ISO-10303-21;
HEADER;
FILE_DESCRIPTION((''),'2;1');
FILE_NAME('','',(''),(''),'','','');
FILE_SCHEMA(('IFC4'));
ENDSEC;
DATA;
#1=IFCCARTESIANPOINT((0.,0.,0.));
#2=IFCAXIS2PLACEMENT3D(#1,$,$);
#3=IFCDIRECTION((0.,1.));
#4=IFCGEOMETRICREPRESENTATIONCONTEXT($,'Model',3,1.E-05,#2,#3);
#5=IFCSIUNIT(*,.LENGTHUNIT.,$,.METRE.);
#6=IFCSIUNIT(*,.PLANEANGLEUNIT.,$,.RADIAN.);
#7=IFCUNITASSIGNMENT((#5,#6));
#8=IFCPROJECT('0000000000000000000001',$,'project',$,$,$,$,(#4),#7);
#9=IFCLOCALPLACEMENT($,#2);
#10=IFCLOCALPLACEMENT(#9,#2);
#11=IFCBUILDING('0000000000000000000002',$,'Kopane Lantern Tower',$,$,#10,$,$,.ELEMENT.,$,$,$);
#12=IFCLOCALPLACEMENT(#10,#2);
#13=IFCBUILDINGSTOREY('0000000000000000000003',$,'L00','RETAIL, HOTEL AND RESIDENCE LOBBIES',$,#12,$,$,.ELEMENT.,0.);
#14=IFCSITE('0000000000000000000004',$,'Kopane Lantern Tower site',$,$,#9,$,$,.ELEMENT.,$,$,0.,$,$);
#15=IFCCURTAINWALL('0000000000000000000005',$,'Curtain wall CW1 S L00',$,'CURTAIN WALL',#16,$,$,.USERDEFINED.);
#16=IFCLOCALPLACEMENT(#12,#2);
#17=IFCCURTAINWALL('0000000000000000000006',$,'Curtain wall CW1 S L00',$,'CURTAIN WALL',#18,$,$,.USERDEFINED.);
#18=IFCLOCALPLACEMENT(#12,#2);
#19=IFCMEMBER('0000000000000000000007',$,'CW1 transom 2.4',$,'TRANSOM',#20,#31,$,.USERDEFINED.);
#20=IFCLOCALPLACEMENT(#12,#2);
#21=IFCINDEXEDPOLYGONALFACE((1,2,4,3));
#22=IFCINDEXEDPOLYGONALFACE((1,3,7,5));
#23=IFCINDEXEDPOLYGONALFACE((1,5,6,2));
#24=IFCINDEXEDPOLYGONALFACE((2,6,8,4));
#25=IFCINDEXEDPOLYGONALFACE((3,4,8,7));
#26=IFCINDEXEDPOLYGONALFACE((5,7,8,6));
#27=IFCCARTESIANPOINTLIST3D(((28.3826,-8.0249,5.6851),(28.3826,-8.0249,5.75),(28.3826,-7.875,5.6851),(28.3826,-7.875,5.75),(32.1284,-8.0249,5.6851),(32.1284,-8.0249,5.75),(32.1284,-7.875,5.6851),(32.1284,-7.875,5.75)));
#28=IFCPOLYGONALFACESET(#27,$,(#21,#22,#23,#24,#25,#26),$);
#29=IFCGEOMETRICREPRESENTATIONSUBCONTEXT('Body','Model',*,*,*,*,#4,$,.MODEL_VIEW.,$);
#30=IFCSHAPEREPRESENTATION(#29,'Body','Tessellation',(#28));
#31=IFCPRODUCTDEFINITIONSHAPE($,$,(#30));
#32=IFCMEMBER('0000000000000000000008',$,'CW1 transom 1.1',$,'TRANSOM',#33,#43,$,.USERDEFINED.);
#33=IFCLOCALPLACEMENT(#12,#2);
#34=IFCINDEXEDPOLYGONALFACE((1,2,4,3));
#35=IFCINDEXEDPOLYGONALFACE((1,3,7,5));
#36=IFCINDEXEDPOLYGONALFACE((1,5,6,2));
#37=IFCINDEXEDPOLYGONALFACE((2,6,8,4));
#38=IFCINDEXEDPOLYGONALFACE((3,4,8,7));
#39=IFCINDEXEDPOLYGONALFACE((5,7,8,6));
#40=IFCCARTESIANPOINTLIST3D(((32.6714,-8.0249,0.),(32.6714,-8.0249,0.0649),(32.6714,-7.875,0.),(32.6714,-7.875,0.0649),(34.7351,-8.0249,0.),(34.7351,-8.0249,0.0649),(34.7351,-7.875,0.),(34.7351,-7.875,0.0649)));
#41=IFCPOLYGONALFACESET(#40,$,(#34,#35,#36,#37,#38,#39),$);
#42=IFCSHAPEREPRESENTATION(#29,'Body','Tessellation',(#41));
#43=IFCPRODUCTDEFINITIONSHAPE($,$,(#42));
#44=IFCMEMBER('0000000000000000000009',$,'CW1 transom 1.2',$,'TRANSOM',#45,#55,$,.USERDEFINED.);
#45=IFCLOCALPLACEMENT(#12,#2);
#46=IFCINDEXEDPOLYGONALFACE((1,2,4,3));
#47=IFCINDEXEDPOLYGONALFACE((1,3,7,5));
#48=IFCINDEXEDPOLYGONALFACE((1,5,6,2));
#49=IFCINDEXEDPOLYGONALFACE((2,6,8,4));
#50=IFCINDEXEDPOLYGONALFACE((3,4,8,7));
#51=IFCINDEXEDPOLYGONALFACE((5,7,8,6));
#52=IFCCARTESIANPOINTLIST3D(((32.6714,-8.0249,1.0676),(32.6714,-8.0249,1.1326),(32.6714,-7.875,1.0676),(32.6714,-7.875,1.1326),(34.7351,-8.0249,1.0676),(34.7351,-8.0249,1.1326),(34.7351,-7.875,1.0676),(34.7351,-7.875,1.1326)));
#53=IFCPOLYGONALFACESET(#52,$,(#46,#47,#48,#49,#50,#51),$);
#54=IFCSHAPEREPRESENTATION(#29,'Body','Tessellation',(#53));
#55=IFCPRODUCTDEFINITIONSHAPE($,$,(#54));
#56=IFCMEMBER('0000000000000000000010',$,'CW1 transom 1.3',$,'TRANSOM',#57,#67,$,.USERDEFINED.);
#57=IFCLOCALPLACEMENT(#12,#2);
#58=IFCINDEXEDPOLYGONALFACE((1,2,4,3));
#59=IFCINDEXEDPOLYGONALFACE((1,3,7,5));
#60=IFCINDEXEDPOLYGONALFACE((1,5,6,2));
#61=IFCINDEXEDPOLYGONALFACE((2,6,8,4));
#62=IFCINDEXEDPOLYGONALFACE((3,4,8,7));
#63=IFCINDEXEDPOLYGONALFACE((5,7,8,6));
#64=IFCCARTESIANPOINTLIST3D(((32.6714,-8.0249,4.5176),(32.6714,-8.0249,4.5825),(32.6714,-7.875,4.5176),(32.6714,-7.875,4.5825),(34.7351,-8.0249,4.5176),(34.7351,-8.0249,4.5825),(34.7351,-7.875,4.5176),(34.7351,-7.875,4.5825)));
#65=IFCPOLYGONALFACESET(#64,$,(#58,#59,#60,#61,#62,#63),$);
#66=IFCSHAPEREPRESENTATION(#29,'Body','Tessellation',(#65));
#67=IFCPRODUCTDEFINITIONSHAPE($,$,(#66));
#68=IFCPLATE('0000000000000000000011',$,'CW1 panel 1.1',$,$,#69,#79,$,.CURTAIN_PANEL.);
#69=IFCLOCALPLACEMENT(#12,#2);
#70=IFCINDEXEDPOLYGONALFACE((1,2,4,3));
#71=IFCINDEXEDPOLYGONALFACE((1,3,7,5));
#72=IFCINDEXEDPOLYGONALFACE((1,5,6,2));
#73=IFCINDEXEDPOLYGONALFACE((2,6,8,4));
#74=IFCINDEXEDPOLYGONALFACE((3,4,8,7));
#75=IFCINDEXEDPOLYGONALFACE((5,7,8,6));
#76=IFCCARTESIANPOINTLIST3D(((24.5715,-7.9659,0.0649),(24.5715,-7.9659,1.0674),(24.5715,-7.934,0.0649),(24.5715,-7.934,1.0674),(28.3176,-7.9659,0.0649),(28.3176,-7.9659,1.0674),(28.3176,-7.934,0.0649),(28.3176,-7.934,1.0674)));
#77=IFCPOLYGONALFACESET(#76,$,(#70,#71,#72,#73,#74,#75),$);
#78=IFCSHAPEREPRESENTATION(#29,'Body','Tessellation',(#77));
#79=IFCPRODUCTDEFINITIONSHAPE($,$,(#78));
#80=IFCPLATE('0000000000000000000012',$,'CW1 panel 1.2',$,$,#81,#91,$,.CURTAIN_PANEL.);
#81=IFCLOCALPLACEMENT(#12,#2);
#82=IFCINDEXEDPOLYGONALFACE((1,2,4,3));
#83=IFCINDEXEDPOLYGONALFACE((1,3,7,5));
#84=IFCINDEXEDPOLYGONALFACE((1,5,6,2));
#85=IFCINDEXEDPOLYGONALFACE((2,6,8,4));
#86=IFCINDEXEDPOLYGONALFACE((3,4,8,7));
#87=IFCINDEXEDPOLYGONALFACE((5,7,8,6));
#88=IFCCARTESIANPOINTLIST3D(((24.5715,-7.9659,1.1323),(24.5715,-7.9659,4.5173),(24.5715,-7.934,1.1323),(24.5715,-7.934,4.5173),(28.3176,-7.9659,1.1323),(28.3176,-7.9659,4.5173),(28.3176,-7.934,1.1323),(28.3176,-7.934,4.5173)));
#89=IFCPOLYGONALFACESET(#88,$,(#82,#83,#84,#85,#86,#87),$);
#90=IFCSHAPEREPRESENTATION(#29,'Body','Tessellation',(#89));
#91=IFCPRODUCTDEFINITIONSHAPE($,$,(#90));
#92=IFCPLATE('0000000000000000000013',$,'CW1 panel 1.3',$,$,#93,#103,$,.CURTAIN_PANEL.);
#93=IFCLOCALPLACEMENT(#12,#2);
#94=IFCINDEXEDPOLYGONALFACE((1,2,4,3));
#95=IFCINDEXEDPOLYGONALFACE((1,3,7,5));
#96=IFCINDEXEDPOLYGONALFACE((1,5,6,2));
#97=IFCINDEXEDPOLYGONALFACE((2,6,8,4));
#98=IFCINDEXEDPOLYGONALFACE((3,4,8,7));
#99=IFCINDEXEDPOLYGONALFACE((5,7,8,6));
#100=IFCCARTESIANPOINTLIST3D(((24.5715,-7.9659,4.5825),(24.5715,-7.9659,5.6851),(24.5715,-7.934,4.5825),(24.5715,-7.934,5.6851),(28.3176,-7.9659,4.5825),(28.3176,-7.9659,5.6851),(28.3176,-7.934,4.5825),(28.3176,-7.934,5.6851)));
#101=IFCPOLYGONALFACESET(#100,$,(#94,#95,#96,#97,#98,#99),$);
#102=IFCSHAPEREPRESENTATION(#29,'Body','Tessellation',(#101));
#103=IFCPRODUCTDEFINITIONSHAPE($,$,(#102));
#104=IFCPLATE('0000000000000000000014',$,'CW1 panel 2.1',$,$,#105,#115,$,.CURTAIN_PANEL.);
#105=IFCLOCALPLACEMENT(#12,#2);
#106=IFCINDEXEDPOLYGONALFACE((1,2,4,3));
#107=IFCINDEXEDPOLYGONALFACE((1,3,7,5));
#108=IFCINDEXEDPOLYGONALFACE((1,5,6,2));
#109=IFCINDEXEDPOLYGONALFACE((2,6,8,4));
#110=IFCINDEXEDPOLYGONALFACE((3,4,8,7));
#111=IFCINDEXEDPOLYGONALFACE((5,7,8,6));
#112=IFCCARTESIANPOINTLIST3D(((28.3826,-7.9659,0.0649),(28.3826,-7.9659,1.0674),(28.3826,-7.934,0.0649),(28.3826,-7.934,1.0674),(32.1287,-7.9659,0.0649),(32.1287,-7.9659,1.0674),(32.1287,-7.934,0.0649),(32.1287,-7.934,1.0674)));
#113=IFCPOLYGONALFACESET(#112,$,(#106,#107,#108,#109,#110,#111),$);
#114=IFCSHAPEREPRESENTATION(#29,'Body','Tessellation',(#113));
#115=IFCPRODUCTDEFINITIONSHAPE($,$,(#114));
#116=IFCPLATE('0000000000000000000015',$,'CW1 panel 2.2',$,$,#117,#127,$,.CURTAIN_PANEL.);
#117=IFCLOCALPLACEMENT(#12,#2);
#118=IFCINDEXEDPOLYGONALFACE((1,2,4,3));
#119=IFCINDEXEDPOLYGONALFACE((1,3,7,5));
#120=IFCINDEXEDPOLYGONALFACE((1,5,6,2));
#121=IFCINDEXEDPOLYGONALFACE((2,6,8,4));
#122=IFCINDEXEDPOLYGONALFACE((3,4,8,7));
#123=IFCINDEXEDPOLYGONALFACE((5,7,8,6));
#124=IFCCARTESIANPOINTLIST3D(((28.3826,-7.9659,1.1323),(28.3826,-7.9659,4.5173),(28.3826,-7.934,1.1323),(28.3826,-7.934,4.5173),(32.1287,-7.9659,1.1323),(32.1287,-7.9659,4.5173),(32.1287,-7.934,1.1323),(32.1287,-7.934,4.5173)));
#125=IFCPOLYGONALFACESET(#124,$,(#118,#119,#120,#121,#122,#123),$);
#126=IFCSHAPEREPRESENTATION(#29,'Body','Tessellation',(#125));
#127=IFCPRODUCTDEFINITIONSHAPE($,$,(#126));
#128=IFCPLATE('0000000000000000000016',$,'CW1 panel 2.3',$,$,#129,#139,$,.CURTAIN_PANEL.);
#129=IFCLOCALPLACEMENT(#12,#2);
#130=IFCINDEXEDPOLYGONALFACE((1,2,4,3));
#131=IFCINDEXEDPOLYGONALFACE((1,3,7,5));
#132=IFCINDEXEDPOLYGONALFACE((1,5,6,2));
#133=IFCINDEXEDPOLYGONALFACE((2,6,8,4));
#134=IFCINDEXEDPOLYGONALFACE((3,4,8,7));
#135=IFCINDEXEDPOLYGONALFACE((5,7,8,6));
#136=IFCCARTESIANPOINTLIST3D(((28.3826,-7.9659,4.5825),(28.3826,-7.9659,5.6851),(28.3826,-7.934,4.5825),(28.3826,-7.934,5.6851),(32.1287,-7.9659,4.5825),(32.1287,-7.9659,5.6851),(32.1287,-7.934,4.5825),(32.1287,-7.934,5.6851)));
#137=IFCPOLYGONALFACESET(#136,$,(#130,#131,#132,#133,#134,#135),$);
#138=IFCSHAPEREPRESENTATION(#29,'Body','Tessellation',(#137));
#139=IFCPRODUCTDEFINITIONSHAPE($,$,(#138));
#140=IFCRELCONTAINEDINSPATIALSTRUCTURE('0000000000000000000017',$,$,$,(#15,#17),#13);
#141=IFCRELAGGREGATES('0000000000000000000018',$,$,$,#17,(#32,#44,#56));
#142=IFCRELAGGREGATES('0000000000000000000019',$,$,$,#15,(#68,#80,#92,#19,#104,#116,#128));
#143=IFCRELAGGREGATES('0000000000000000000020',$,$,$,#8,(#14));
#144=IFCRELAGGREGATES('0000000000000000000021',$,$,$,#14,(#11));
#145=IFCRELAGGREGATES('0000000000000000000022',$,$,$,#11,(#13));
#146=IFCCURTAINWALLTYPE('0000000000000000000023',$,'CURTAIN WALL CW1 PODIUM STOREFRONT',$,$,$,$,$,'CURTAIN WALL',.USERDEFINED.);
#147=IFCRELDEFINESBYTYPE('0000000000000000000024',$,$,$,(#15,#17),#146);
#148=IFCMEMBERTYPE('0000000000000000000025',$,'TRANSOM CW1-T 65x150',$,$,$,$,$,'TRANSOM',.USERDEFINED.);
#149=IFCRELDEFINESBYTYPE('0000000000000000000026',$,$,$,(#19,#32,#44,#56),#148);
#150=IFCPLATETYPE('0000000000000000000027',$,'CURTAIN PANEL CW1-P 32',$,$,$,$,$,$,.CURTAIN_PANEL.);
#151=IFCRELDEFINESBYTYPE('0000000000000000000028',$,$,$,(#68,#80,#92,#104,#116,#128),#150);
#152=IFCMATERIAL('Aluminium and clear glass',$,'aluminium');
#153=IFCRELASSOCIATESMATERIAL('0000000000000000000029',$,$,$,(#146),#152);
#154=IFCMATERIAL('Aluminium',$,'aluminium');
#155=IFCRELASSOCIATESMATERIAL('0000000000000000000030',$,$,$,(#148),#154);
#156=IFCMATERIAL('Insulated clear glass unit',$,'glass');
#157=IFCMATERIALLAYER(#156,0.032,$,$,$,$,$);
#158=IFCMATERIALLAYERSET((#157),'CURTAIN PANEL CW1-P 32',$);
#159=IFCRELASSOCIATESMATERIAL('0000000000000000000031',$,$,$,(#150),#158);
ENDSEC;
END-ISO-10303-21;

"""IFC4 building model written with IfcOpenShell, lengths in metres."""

from ifc_helpers import new_model, si_unit, direction, frame, origin, origin_2d, place, context, subcontext, project, spatial, rectangle, extrude, material, layer, layer_set, material_profile, profile_set, type_object, element, aggregate, save


model = new_model("IFC4")

# Units and contexts
model_context = context("Model", 3, precision=1e-05, world=origin(), true_north=direction((0.0, 1.0)))
body_context = subcontext(model_context, "Body", "Model", "MODEL_VIEW")
ifc_project = project(units=[si_unit("LENGTHUNIT", "METRE"), si_unit("PLANEANGLEUNIT", "RADIAN")], contexts=[model_context])

# Site, building, storey
site_placement = place(None, origin())
site = spatial("IfcSite", under=ifc_project, at=site_placement, Name="Kopane Lantern Tower site", CompositionType="ELEMENT", RefElevation=0.0)
building_placement = place(site_placement, origin())
building = spatial("IfcBuilding", under=site, at=building_placement, Name="Kopane Lantern Tower", CompositionType="ELEMENT")
storey_placement = place(building_placement, origin())
storey = spatial("IfcBuildingStorey", under=building, at=storey_placement, Name="L00", Description="RETAIL, HOTEL AND RESIDENCE LOBBIES", CompositionType="ELEMENT", Elevation=0.0)

# Curtain wall
ifc_material_1 = material(Name="Aluminium and clear glass", Category="aluminium")
curtain_wall_type = type_object("IfcCurtainWallType", Name="CURTAIN WALL CW1 PODIUM STOREFRONT", ElementType="CURTAIN WALL", PredefinedType="USERDEFINED", material=ifc_material_1)
curtain_wall_1_placement = place(storey_placement, origin())
curtain_wall_1 = element("IfcCurtainWall", 1, at=curtain_wall_1_placement, inside=storey, type_object=curtain_wall_type, Name="Curtain wall CW1 S L00", ObjectType="CURTAIN WALL", PredefinedType="USERDEFINED")

# Curtain wall
curtain_wall_2_placement = place(storey_placement, origin())
curtain_wall_2 = element("IfcCurtainWall", 2, at=curtain_wall_2_placement, inside=storey, type_object=curtain_wall_type, Name="Curtain wall CW1 S L00", ObjectType="CURTAIN WALL", PredefinedType="USERDEFINED")

# Members
ifc_material_2 = material(Name="Aluminium", Category="aluminium")
ifc_material_profile_1 = material_profile(ifc_material_2, rectangle(XDim=0.1499, YDim=0.0649, at=origin_2d()), Name="AL 150x65")
ifc_profile_set_1 = profile_set([ifc_material_profile_1], Name="Aluminium")
member_type_1 = type_object("IfcMemberType", Name="TRANSOM CW1-T 65x150", ElementType="TRANSOM", PredefinedType="USERDEFINED", material=ifc_profile_set_1)
member_1_placement = place(storey_placement, frame((28.3826, -7.95, 5.7175), z_axis=(1.0, 0.0, 0.0), x_axis=(0.0, 1.0, 0.0)))
member_1 = element("IfcMember", 3, at=member_1_placement, type_object=member_type_1, Name="CW1 transom 2.4", ObjectType="TRANSOM", PredefinedType="USERDEFINED", context=body_context, shape_type="SweptSolid", body=[
    extrude(rectangle(XDim=0.1499, YDim=0.0649, at=origin_2d()), origin(), (0.0, 0.0, 1.0), 3.7458),
])
member_2_placement = place(storey_placement, frame((32.6714, -7.95, 0.0325), z_axis=(1.0, 0.0, 0.0), x_axis=(0.0, 1.0, 0.0)))
member_2 = element("IfcMember", 4, at=member_2_placement, type_object=member_type_1, Name="CW1 transom 1.1", ObjectType="TRANSOM", PredefinedType="USERDEFINED", context=body_context, shape_type="SweptSolid", body=[
    extrude(rectangle(XDim=0.1499, YDim=0.0649, at=origin_2d()), origin(), (0.0, 0.0, 1.0), 2.0637),
])
member_3_placement = place(storey_placement, frame((32.6714, -7.95, 1.1001), z_axis=(1.0, 0.0, 0.0), x_axis=(0.0, 1.0, 0.0)))
member_3 = element("IfcMember", 5, at=member_3_placement, type_object=member_type_1, Name="CW1 transom 1.2", ObjectType="TRANSOM", PredefinedType="USERDEFINED", context=body_context, shape_type="SweptSolid", body=[
    extrude(rectangle(XDim=0.1499, YDim=0.0649, at=origin_2d()), origin(), (0.0, 0.0, 1.0), 2.0637),
])
member_4_placement = place(storey_placement, frame((32.6714, -7.95, 4.55), z_axis=(1.0, 0.0, 0.0), x_axis=(0.0, 1.0, 0.0)))
member_4 = element("IfcMember", 6, at=member_4_placement, type_object=member_type_1, Name="CW1 transom 1.3", ObjectType="TRANSOM", PredefinedType="USERDEFINED", context=body_context, shape_type="SweptSolid", body=[
    extrude(rectangle(XDim=0.1499, YDim=0.0649, at=origin_2d()), origin(), (0.0, 0.0, 1.0), 2.0637),
])
aggregate(curtain_wall_2, [member_2, member_3, member_4])

# Plates
ifc_material_3 = material(Name="Insulated clear glass unit", Category="glass")
ifc_layer = layer(ifc_material_3, 0.032)
ifc_layer_set = layer_set([ifc_layer], Name="CURTAIN PANEL CW1-P 32")
plate_type = type_object("IfcPlateType", Name="CURTAIN PANEL CW1-P 32", PredefinedType="CURTAIN_PANEL", material=ifc_layer_set)
plate_1_placement = place(storey_placement, frame((26.4446, -7.95, 0.0649), z_axis=(0.0, 0.0, 1.0), x_axis=(1.0, 0.0, 0.0)))
plate_1 = element("IfcPlate", 7, at=plate_1_placement, type_object=plate_type, Name="CW1 panel 1.1", PredefinedType="CURTAIN_PANEL", context=body_context, shape_type="SweptSolid", body=[
    extrude(rectangle(XDim=3.7461, YDim=0.032, at=origin_2d()), origin(), (0.0, 0.0, 1.0), 1.0024),
])
plate_2_placement = place(storey_placement, frame((26.4446, -7.95, 1.1323), z_axis=(0.0, 0.0, 1.0), x_axis=(1.0, 0.0, 0.0)))
plate_2 = element("IfcPlate", 8, at=plate_2_placement, type_object=plate_type, Name="CW1 panel 1.2", PredefinedType="CURTAIN_PANEL", context=body_context, shape_type="SweptSolid", body=[
    extrude(rectangle(XDim=3.7461, YDim=0.032, at=origin_2d()), origin(), (0.0, 0.0, 1.0), 3.385),
])
plate_3_placement = place(storey_placement, frame((26.4446, -7.95, 4.5825), z_axis=(0.0, 0.0, 1.0), x_axis=(1.0, 0.0, 0.0)))
plate_3 = element("IfcPlate", 9, at=plate_3_placement, type_object=plate_type, Name="CW1 panel 1.3", PredefinedType="CURTAIN_PANEL", context=body_context, shape_type="SweptSolid", body=[
    extrude(rectangle(XDim=3.7461, YDim=0.032, at=origin_2d()), origin(), (0.0, 0.0, 1.0), 1.1025),
])
plate_4_placement = place(storey_placement, frame((30.2556, -7.95, 0.0649), z_axis=(0.0, 0.0, 1.0), x_axis=(1.0, 0.0, 0.0)))
plate_4 = element("IfcPlate", 10, at=plate_4_placement, type_object=plate_type, Name="CW1 panel 2.1", PredefinedType="CURTAIN_PANEL", context=body_context, shape_type="SweptSolid", body=[
    extrude(rectangle(XDim=3.7461, YDim=0.032, at=origin_2d()), origin(), (0.0, 0.0, 1.0), 1.0024),
])
plate_5_placement = place(storey_placement, frame((30.2556, -7.95, 1.1323), z_axis=(0.0, 0.0, 1.0), x_axis=(1.0, 0.0, 0.0)))
plate_5 = element("IfcPlate", 11, at=plate_5_placement, type_object=plate_type, Name="CW1 panel 2.2", PredefinedType="CURTAIN_PANEL", context=body_context, shape_type="SweptSolid", body=[
    extrude(rectangle(XDim=3.7461, YDim=0.032, at=origin_2d()), origin(), (0.0, 0.0, 1.0), 3.385),
])
plate_6_placement = place(storey_placement, frame((30.2556, -7.95, 4.5825), z_axis=(0.0, 0.0, 1.0), x_axis=(1.0, 0.0, 0.0)))
plate_6 = element("IfcPlate", 12, at=plate_6_placement, type_object=plate_type, Name="CW1 panel 2.3", PredefinedType="CURTAIN_PANEL", context=body_context, shape_type="SweptSolid", body=[
    extrude(rectangle(XDim=3.7461, YDim=0.032, at=origin_2d()), origin(), (0.0, 0.0, 1.0), 1.1025),
])
aggregate(curtain_wall_1, [plate_1, plate_2, plate_3, member_1, plate_4, plate_5, plate_6])

save(model, "model.ifc")
